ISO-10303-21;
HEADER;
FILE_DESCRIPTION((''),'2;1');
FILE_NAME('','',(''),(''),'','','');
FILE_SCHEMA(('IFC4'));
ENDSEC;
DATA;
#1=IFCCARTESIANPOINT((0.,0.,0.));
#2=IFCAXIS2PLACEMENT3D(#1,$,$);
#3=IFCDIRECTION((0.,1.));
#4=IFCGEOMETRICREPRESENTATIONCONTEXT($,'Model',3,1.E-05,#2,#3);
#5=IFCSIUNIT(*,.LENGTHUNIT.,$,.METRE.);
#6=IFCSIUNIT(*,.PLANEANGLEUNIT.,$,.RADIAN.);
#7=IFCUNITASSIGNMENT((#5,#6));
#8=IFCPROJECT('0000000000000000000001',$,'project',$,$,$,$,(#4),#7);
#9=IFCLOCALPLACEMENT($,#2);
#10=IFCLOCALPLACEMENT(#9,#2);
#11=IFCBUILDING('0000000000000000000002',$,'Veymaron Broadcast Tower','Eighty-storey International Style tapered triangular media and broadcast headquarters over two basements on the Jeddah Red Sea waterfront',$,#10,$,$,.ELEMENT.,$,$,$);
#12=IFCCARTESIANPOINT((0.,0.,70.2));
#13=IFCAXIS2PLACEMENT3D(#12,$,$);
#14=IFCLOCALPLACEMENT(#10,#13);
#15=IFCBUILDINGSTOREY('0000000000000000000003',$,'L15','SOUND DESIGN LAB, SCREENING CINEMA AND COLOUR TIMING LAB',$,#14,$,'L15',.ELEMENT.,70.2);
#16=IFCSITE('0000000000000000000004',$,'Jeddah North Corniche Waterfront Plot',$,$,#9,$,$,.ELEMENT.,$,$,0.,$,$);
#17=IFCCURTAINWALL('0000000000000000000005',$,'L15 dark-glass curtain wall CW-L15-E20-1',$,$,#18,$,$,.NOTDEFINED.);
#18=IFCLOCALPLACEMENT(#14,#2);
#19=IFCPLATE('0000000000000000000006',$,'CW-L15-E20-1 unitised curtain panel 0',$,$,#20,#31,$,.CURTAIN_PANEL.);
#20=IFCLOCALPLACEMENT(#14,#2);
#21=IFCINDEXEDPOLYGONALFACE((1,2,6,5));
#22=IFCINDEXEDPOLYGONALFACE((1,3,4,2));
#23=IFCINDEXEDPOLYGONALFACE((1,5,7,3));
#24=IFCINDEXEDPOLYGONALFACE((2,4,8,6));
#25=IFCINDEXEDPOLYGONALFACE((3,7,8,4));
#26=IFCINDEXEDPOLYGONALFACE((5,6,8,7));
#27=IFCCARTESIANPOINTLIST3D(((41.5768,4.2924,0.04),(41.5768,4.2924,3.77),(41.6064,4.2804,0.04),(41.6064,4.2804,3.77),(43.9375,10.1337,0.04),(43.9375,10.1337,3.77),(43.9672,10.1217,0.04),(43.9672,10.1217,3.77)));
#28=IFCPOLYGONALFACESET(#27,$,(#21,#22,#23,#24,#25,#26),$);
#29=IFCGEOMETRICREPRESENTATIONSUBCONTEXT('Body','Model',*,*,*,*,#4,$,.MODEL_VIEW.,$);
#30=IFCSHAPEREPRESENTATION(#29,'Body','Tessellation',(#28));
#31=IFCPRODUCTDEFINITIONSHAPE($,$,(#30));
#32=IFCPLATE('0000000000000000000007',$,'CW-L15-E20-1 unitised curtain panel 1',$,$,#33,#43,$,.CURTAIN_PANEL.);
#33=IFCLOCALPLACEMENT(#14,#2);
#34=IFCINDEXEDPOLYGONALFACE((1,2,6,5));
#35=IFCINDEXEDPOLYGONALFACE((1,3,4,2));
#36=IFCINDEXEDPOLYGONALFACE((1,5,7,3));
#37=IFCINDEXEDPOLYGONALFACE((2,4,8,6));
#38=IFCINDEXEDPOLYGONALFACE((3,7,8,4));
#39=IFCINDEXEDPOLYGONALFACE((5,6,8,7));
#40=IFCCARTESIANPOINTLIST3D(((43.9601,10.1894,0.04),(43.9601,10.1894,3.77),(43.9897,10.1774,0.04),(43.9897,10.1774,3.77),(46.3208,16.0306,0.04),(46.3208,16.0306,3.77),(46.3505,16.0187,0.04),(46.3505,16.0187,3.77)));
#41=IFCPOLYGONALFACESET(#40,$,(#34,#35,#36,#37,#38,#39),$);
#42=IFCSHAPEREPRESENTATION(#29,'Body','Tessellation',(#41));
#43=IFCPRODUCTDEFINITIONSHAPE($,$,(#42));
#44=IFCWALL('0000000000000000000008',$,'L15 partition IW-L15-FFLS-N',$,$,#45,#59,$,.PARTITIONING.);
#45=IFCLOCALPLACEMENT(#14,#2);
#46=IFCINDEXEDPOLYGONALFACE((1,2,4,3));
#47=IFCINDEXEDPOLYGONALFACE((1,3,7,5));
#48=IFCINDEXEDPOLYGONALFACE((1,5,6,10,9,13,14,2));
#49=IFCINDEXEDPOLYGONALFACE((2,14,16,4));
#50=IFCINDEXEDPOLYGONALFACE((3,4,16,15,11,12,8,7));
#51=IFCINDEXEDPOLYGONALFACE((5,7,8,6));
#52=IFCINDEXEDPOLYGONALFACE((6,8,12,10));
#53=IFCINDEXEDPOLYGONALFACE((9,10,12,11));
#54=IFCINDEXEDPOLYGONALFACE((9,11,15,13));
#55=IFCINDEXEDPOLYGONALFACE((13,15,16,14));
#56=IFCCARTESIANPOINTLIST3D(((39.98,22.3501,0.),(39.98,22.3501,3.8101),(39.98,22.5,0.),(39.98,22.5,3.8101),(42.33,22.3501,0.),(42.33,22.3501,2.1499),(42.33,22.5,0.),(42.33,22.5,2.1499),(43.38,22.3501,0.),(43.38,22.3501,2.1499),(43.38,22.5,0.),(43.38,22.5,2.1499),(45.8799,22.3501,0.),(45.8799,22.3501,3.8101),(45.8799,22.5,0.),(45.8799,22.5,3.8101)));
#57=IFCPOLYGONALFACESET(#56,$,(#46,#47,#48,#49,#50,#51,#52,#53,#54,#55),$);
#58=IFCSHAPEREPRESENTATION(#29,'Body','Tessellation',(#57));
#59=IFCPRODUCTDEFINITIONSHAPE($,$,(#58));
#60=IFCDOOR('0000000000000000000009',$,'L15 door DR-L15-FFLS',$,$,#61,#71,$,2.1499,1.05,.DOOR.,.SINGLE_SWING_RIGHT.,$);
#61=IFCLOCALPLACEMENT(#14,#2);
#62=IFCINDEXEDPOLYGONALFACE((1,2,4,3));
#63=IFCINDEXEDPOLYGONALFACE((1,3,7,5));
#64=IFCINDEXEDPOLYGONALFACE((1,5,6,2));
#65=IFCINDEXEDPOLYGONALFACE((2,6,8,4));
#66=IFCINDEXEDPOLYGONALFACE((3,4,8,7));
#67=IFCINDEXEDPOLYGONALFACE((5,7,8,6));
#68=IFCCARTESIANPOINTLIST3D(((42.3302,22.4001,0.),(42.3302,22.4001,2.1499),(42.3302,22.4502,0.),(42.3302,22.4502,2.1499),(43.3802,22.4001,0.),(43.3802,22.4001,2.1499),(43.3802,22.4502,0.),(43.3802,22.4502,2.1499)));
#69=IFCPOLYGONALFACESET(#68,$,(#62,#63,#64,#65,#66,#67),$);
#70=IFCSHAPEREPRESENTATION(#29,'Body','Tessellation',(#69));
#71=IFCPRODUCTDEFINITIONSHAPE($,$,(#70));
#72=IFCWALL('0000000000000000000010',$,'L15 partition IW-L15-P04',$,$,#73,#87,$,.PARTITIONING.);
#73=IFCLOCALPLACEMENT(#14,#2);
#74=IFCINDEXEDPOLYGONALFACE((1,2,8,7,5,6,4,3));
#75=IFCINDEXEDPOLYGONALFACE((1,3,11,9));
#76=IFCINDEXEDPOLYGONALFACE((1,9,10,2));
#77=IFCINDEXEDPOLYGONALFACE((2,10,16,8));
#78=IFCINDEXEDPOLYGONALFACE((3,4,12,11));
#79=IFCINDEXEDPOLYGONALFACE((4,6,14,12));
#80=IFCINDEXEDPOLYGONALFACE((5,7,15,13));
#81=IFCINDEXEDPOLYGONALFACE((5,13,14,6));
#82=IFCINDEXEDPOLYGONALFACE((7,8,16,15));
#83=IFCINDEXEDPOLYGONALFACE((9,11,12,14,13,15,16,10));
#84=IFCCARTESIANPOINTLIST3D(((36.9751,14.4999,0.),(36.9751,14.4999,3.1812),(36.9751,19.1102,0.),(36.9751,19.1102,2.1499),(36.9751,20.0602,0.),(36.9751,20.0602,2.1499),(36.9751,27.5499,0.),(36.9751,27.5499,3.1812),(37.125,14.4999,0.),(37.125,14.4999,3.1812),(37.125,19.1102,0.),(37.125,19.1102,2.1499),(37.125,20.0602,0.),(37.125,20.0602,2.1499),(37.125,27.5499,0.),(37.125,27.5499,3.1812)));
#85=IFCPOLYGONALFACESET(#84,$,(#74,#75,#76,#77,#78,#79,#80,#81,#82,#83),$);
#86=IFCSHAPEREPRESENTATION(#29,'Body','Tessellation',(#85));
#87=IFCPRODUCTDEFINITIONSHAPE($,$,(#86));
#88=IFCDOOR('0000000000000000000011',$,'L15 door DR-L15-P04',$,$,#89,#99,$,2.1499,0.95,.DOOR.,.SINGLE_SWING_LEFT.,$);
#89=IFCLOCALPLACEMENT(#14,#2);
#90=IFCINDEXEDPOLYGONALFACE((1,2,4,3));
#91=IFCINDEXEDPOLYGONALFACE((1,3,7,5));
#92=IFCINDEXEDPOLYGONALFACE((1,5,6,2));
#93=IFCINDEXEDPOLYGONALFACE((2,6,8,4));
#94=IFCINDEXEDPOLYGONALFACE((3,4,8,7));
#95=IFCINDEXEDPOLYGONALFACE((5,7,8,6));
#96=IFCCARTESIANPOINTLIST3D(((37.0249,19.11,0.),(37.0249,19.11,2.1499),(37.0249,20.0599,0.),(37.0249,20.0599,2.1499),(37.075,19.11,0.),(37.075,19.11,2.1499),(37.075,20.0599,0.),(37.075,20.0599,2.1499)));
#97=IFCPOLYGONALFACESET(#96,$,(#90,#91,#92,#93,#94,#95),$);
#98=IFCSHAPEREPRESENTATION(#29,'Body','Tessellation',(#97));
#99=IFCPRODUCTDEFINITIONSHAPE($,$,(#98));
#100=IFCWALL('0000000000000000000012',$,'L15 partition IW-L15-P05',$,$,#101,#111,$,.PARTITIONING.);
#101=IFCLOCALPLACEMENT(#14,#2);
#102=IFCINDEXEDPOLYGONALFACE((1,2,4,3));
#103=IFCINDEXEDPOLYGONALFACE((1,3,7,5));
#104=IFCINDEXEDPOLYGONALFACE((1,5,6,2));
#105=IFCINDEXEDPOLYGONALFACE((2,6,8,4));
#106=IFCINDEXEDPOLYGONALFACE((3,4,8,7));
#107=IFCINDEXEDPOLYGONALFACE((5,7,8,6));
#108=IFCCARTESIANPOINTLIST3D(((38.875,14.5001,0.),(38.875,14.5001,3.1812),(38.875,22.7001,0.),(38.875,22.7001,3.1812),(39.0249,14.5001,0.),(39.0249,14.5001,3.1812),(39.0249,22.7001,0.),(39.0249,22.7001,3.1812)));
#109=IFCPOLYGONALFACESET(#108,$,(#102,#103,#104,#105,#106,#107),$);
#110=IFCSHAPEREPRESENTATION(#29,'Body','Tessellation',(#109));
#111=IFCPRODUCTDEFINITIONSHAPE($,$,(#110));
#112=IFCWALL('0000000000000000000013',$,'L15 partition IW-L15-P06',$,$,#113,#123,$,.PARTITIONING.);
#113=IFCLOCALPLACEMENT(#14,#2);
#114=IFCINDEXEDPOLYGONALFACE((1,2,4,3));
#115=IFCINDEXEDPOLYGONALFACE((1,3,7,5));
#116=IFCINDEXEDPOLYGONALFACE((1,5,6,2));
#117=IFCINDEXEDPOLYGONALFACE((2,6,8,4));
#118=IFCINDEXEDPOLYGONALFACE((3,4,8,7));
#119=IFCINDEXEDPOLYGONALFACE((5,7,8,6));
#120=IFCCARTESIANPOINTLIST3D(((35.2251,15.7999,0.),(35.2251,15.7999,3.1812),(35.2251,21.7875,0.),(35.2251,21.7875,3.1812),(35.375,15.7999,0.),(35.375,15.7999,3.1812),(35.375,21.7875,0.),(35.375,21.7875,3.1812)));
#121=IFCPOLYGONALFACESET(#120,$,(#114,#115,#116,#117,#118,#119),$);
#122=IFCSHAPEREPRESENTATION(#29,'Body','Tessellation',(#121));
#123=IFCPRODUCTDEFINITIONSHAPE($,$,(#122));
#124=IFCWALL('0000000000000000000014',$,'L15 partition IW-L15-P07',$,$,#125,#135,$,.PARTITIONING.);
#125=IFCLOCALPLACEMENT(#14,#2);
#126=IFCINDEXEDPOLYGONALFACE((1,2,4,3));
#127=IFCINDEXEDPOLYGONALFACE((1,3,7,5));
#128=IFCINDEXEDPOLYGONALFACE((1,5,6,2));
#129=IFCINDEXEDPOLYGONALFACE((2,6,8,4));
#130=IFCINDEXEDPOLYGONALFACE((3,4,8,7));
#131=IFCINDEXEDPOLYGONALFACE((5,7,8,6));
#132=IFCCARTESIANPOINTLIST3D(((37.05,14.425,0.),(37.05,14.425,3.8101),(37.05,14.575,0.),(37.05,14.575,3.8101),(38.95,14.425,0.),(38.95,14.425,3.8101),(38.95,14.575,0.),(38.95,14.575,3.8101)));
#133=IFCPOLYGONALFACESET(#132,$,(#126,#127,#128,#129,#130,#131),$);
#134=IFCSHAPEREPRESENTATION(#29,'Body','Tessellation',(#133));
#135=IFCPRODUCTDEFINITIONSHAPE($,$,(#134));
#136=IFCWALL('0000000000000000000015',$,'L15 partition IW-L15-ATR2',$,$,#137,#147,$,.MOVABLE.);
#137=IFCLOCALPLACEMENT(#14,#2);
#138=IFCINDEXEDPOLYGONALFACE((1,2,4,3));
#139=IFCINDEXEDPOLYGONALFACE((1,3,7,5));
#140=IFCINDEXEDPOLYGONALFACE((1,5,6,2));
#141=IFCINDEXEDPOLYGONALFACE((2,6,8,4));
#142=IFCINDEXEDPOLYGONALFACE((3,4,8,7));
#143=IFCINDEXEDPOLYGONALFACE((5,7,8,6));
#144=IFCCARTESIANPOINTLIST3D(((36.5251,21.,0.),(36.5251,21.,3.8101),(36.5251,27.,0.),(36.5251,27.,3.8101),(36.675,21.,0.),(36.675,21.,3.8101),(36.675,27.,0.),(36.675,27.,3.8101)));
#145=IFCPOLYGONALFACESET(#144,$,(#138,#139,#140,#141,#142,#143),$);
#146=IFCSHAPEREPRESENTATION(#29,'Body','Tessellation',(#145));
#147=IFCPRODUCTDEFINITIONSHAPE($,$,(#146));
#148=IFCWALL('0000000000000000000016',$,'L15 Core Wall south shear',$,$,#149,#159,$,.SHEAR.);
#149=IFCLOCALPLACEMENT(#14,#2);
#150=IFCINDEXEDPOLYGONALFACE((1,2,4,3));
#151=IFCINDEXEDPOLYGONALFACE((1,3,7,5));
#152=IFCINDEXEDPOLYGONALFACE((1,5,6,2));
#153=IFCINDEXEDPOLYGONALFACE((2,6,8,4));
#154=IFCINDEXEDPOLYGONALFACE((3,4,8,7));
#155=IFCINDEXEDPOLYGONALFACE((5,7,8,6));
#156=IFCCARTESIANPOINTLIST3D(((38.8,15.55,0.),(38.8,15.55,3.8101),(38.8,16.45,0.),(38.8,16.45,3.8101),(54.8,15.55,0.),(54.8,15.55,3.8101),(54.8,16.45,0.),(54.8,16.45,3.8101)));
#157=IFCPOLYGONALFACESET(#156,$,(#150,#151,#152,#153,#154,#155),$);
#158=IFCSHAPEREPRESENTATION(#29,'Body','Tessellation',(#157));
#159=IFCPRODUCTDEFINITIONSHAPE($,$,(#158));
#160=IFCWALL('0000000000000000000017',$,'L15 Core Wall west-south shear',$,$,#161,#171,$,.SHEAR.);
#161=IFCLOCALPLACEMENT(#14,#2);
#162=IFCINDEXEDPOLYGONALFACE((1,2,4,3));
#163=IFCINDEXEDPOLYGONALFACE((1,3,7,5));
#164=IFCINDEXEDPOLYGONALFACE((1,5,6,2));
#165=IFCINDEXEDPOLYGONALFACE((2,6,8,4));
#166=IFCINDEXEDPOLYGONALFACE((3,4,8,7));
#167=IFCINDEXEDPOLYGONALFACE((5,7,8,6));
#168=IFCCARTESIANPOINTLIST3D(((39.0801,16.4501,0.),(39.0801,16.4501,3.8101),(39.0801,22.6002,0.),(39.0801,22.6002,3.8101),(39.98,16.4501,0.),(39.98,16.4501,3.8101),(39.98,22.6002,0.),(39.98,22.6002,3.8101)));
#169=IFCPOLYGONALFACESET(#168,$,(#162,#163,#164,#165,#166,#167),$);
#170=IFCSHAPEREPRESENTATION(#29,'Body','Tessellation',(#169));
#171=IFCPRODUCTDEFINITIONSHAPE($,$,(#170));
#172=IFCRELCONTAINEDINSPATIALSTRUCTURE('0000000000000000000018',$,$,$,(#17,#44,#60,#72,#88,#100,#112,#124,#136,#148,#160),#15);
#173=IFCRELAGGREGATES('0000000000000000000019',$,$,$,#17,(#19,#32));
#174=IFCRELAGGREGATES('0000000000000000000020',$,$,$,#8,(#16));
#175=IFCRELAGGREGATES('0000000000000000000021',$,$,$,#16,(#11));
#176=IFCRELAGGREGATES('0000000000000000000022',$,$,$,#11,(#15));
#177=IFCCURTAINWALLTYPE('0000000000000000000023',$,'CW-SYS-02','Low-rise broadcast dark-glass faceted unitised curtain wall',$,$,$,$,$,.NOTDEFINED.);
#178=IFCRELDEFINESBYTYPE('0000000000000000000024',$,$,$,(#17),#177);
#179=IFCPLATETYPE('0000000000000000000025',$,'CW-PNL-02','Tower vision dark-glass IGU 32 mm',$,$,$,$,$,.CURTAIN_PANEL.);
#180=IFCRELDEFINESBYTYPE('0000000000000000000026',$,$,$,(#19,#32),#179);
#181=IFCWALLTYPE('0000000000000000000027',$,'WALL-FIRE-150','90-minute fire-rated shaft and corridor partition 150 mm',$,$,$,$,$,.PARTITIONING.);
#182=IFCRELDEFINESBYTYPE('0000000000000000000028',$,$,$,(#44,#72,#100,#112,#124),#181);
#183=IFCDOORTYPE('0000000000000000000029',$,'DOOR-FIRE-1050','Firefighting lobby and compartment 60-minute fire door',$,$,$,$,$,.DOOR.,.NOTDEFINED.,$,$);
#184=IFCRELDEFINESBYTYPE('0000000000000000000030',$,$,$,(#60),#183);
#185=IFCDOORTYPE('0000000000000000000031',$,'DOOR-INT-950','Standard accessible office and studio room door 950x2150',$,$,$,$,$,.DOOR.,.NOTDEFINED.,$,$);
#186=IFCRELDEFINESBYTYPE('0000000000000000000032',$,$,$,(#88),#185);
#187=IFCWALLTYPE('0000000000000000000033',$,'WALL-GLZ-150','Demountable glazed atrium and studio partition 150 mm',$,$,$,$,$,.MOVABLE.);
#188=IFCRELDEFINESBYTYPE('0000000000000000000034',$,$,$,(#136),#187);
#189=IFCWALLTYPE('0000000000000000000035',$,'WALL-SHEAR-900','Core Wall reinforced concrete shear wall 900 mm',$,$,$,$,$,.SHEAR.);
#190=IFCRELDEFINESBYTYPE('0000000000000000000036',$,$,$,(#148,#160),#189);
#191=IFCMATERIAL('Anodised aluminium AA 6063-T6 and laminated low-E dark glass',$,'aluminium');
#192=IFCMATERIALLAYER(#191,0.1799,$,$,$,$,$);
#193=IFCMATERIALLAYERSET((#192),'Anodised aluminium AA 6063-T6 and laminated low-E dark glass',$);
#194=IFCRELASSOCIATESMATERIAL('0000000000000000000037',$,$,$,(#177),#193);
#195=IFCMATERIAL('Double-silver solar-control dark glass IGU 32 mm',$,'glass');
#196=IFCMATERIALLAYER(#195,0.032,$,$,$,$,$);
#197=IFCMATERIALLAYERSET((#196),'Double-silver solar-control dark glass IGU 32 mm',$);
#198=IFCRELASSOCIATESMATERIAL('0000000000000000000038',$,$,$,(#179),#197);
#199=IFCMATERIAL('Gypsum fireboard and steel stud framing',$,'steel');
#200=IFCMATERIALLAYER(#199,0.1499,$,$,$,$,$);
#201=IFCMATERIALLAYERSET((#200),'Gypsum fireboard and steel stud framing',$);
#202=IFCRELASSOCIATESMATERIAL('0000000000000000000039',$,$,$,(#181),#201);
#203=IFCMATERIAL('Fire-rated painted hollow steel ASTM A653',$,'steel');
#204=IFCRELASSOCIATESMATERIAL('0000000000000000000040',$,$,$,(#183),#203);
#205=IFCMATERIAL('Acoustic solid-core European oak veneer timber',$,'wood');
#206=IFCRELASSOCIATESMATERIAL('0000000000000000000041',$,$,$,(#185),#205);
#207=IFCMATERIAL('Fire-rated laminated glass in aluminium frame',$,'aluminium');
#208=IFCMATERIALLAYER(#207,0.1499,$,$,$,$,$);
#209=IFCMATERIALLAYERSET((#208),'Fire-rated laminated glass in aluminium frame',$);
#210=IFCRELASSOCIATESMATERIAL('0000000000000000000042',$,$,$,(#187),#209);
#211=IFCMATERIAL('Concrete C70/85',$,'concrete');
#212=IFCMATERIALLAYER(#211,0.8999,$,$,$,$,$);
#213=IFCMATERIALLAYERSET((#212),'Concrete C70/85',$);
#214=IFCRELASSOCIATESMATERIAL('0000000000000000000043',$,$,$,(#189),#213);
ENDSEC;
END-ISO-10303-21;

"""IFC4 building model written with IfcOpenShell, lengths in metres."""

from ifc_helpers import new_model, si_unit, direction, frame, frame_2d, origin, origin_2d, place, context, subcontext, project, spatial, rectangle, extrude, material, layer, layer_set, type_object, element, fill, aggregate, save


model = new_model("IFC4")

# Units and contexts
model_context = context("Model", 3, precision=1e-05, world=origin(), true_north=direction((0.0, 1.0)))
body_context = subcontext(model_context, "Body", "Model", "MODEL_VIEW")
ifc_project = project(units=[si_unit("LENGTHUNIT", "METRE"), si_unit("PLANEANGLEUNIT", "RADIAN")], contexts=[model_context])

# Site, building, storey
site_placement = place(None, origin())
site = spatial("IfcSite", under=ifc_project, at=site_placement, Name="Jeddah North Corniche Waterfront Plot", CompositionType="ELEMENT", RefElevation=0.0)
building_placement = place(site_placement, origin())
building = spatial("IfcBuilding", under=site, at=building_placement, Name="Veymaron Broadcast Tower", Description="Eighty-storey International Style tapered triangular media and broadcast headquarters over two basements on the Jeddah Red Sea waterfront", CompositionType="ELEMENT")
storey_placement = place(building_placement, frame((0.0, 0.0, 70.2)))
storey = spatial("IfcBuildingStorey", under=building, at=storey_placement, Name="L15", Description="SOUND DESIGN LAB, SCREENING CINEMA AND COLOUR TIMING LAB", LongName="L15", CompositionType="ELEMENT", Elevation=70.2)

# Shared definitions
ifc_material_1 = material(Name="Concrete C70/85", Category="concrete")

# Curtain wall, plates
ifc_material_2 = material(Name="Anodised aluminium AA 6063-T6 and laminated low-E dark glass", Category="aluminium")
ifc_layer_1 = layer(ifc_material_2, 0.1799)
ifc_layer_set_1 = layer_set([ifc_layer_1], Name="Anodised aluminium AA 6063-T6 and laminated low-E dark glass")
curtain_wall_type = type_object("IfcCurtainWallType", Name="CW-SYS-02", Description="Low-rise broadcast dark-glass faceted unitised curtain wall", PredefinedType="NOTDEFINED", material=ifc_layer_set_1)
curtain_wall_placement = place(storey_placement, origin())
curtain_wall = element("IfcCurtainWall", 1, at=curtain_wall_placement, inside=storey, type_object=curtain_wall_type, Name="L15 dark-glass curtain wall CW-L15-E20-1", PredefinedType="NOTDEFINED")
ifc_material_3 = material(Name="Double-silver solar-control dark glass IGU 32 mm", Category="glass")
ifc_layer_2 = layer(ifc_material_3, 0.032)
ifc_layer_set_2 = layer_set([ifc_layer_2], Name="Double-silver solar-control dark glass IGU 32 mm")
plate_type = type_object("IfcPlateType", Name="CW-PNL-02", Description="Tower vision dark-glass IGU 32 mm", PredefinedType="CURTAIN_PANEL", material=ifc_layer_set_2)
plate_1_placement = place(storey_placement, frame((42.772, 7.207, 0.04), z_axis=(0.0, 0.0, 1.0), x_axis=(0.374704, 0.927145, 0.0)))
plate_1 = element("IfcPlate", 2, at=plate_1_placement, type_object=plate_type, Name="CW-L15-E20-1 unitised curtain panel 0", PredefinedType="CURTAIN_PANEL", context=body_context, shape_type="SweptSolid", body=[
    extrude(rectangle(XDim=6.3003, YDim=0.032, at=origin_2d()), origin(), (0.0, 0.0, 1.0), 3.73),
])
plate_2_placement = place(storey_placement, frame((45.1553, 13.104, 0.04), z_axis=(0.0, 0.0, 1.0), x_axis=(0.374704, 0.927145, 0.0)))
plate_2 = element("IfcPlate", 3, at=plate_2_placement, type_object=plate_type, Name="CW-L15-E20-1 unitised curtain panel 1", PredefinedType="CURTAIN_PANEL", context=body_context, shape_type="SweptSolid", body=[
    extrude(rectangle(XDim=6.3003, YDim=0.032, at=origin_2d()), origin(), (0.0, 0.0, 1.0), 3.73),
])
aggregate(curtain_wall, [plate_1, plate_2])

# Walls, openings, doors
ifc_material_4 = material(Name="Gypsum fireboard and steel stud framing", Category="steel")
ifc_layer_3 = layer(ifc_material_4, 0.1499)
ifc_layer_set_3 = layer_set([ifc_layer_3], Name="Gypsum fireboard and steel stud framing")
wall_type_1 = type_object("IfcWallType", Name="WALL-FIRE-150", Description="90-minute fire-rated shaft and corridor partition 150 mm", PredefinedType="PARTITIONING", material=ifc_layer_set_3)
wall_1_placement = place(storey_placement, frame((39.98, 22.425, 0.0), z_axis=(0.0, 0.0, 1.0), x_axis=(1.0, 0.0, 0.0)))
wall_1 = element("IfcWall", 4, at=wall_1_placement, inside=storey, type_object=wall_type_1, Name="L15 partition IW-L15-FFLS-N", PredefinedType="PARTITIONING", context=body_context, shape_type="SweptSolid", body=[
    extrude(rectangle(XDim=5.8999, YDim=0.1499, at=frame_2d((2.95, 0.0))), origin(), (0.0, 0.0, 1.0), 3.8101),
])
opening_1_placement = place(wall_1_placement, frame((2.3501, 0.0, 0.0)))
opening_1 = element("IfcOpeningElement", 5, at=opening_1_placement, cuts=wall_1, PredefinedType="OPENING", context=body_context, shape_type="SweptSolid", body=[
    extrude(rectangle(XDim=1.05, YDim=2.1499, at=frame_2d((0.5249, 1.075))), frame((0.0, 0.085, 0.0), z_axis=(0.0, -1.0, 0.0), x_axis=(1.0, 0.0, 0.0)), (0.0, 0.0, 1.0), 0.1699),
])
ifc_material_5 = material(Name="Fire-rated painted hollow steel ASTM A653", Category="steel")
door_type_1 = type_object("IfcDoorType", Name="DOOR-FIRE-1050", Description="Firefighting lobby and compartment 60-minute fire door", OperationType="NOTDEFINED", PredefinedType="DOOR", material=ifc_material_5)
door_1_placement = place(opening_1_placement, frame((1.05, 0.0, 0.0), z_axis=(0.0, 0.0, 1.0), x_axis=(-1.0, 0.0, 0.0)))
door_1 = element("IfcDoor", 6, at=door_1_placement, inside=storey, type_object=door_type_1, Name="L15 door DR-L15-FFLS", OperationType="SINGLE_SWING_RIGHT", OverallHeight=2.1499, OverallWidth=1.05, PredefinedType="DOOR", context=body_context, shape_type="SweptSolid", body=[
    extrude(rectangle(XDim=1.05, YDim=2.1499, at=frame_2d((0.5249, 1.075))), frame((0.0, 0.0249, 0.0), z_axis=(0.0, -1.0, 0.0), x_axis=(1.0, 0.0, 0.0)), (0.0, 0.0, 1.0), 0.05),
])
fill(opening_1, door_1)
wall_2_placement = place(storey_placement, frame((37.05, 14.5, 0.0), z_axis=(0.0, 0.0, 1.0), x_axis=(0.0, 1.0, 0.0)))
wall_2 = element("IfcWall", 7, at=wall_2_placement, inside=storey, type_object=wall_type_1, Name="L15 partition IW-L15-P04", PredefinedType="PARTITIONING", context=body_context, shape_type="SweptSolid", body=[
    extrude(rectangle(XDim=13.05, YDim=0.1499, at=frame_2d((6.5249, 0.0))), origin(), (0.0, 0.0, 1.0), 3.1812),
])
opening_2_placement = place(wall_2_placement, frame((4.6101, 0.0, 0.0)))
opening_2 = element("IfcOpeningElement", 8, at=opening_2_placement, cuts=wall_2, PredefinedType="OPENING", context=body_context, shape_type="SweptSolid", body=[
    extrude(rectangle(XDim=0.95, YDim=2.1499, at=frame_2d((0.4751, 1.075))), frame((0.0, 0.085, 0.0), z_axis=(0.0, -1.0, 0.0), x_axis=(1.0, 0.0, 0.0)), (0.0, 0.0, 1.0), 0.1699),
])
ifc_material_6 = material(Name="Acoustic solid-core European oak veneer timber", Category="wood")
door_type_2 = type_object("IfcDoorType", Name="DOOR-INT-950", Description="Standard accessible office and studio room door 950x2150", OperationType="NOTDEFINED", PredefinedType="DOOR", material=ifc_material_6)
door_2_placement = place(opening_2_placement, frame((0.95, 0.0, 0.0), z_axis=(0.0, 0.0, 1.0), x_axis=(-1.0, 0.0, 0.0)))
door_2 = element("IfcDoor", 9, at=door_2_placement, inside=storey, type_object=door_type_2, Name="L15 door DR-L15-P04", OperationType="SINGLE_SWING_LEFT", OverallHeight=2.1499, OverallWidth=0.95, PredefinedType="DOOR", context=body_context, shape_type="SweptSolid", body=[
    extrude(rectangle(XDim=0.95, YDim=2.1499, at=frame_2d((0.4751, 1.075))), frame((0.0, 0.0249, 0.0), z_axis=(0.0, -1.0, 0.0), x_axis=(1.0, 0.0, 0.0)), (0.0, 0.0, 1.0), 0.05),
])
fill(opening_2, door_2)

# Walls
wall_3_placement = place(storey_placement, frame((38.95, 14.5, 0.0), z_axis=(0.0, 0.0, 1.0), x_axis=(0.0, 1.0, 0.0)))
element("IfcWall", 10, at=wall_3_placement, inside=storey, type_object=wall_type_1, Name="L15 partition IW-L15-P05", PredefinedType="PARTITIONING", context=body_context, shape_type="SweptSolid", body=[
    extrude(rectangle(XDim=8.2, YDim=0.1499, at=frame_2d((4.1001, 0.0))), origin(), (0.0, 0.0, 1.0), 3.1812),
])
wall_4_placement = place(storey_placement, frame((35.3, 15.8, 0.0), z_axis=(0.0, 0.0, 1.0), x_axis=(0.0, 1.0, 0.0)))
element("IfcWall", 11, at=wall_4_placement, inside=storey, type_object=wall_type_1, Name="L15 partition IW-L15-P06", PredefinedType="PARTITIONING", context=body_context, shape_type="SweptSolid", body=[
    extrude(rectangle(XDim=5.9875, YDim=0.1499, at=frame_2d((2.9937, 0.0))), origin(), (0.0, 0.0, 1.0), 3.1812),
])
wall_5_placement = place(storey_placement, frame((37.05, 14.5, 0.0), z_axis=(0.0, 0.0, 1.0), x_axis=(1.0, 0.0, 0.0)))
element("IfcWall", 12, at=wall_5_placement, inside=storey, type_object=wall_type_1, Name="L15 partition IW-L15-P07", PredefinedType="PARTITIONING", context=body_context, shape_type="SweptSolid", body=[
    extrude(rectangle(XDim=1.8999, YDim=0.1499, at=frame_2d((0.95, 0.0))), origin(), (0.0, 0.0, 1.0), 3.8101),
])
ifc_material_7 = material(Name="Fire-rated laminated glass in aluminium frame", Category="aluminium")
ifc_layer_4 = layer(ifc_material_7, 0.1499)
ifc_layer_set_4 = layer_set([ifc_layer_4], Name="Fire-rated laminated glass in aluminium frame")
wall_type_2 = type_object("IfcWallType", Name="WALL-GLZ-150", Description="Demountable glazed atrium and studio partition 150 mm", PredefinedType="MOVABLE", material=ifc_layer_set_4)
wall_6_placement = place(storey_placement, frame((36.6001, 21.0, 0.0), z_axis=(0.0, 0.0, 1.0), x_axis=(0.0, 1.0, 0.0)))
element("IfcWall", 13, at=wall_6_placement, inside=storey, type_object=wall_type_2, Name="L15 partition IW-L15-ATR2", PredefinedType="MOVABLE", context=body_context, shape_type="SweptSolid", body=[
    extrude(rectangle(XDim=6.0, YDim=0.1499, at=frame_2d((3.0, 0.0))), origin(), (0.0, 0.0, 1.0), 3.8101),
])

# Walls
ifc_layer_5 = layer(ifc_material_1, 0.8999)
ifc_layer_set_5 = layer_set([ifc_layer_5], Name="Concrete C70/85")
wall_type_3 = type_object("IfcWallType", Name="WALL-SHEAR-900", Description="Core Wall reinforced concrete shear wall 900 mm", PredefinedType="SHEAR", material=ifc_layer_set_5)
wall_7_placement = place(storey_placement, frame((38.8, 16.0, 0.0), z_axis=(0.0, 0.0, 1.0), x_axis=(1.0, 0.0, 0.0)))
element("IfcWall", 14, at=wall_7_placement, inside=storey, type_object=wall_type_3, Name="L15 Core Wall south shear", PredefinedType="SHEAR", context=body_context, shape_type="SweptSolid", body=[
    extrude(rectangle(XDim=16.0, YDim=0.8999, at=frame_2d((8.0, 0.0))), origin(), (0.0, 0.0, 1.0), 3.8101),
])
wall_8_placement = place(storey_placement, frame((39.53, 16.45, 0.0), z_axis=(0.0, 0.0, 1.0), x_axis=(0.0, 1.0, 0.0)))
element("IfcWall", 15, at=wall_8_placement, inside=storey, type_object=wall_type_3, Name="L15 Core Wall west-south shear", PredefinedType="SHEAR", context=body_context, shape_type="SweptSolid", body=[
    extrude(rectangle(XDim=6.1501, YDim=0.8999, at=frame_2d((3.0752, 0.0))), origin(), (0.0, 0.0, 1.0), 3.8101),
])

save(model, "model.ifc")
